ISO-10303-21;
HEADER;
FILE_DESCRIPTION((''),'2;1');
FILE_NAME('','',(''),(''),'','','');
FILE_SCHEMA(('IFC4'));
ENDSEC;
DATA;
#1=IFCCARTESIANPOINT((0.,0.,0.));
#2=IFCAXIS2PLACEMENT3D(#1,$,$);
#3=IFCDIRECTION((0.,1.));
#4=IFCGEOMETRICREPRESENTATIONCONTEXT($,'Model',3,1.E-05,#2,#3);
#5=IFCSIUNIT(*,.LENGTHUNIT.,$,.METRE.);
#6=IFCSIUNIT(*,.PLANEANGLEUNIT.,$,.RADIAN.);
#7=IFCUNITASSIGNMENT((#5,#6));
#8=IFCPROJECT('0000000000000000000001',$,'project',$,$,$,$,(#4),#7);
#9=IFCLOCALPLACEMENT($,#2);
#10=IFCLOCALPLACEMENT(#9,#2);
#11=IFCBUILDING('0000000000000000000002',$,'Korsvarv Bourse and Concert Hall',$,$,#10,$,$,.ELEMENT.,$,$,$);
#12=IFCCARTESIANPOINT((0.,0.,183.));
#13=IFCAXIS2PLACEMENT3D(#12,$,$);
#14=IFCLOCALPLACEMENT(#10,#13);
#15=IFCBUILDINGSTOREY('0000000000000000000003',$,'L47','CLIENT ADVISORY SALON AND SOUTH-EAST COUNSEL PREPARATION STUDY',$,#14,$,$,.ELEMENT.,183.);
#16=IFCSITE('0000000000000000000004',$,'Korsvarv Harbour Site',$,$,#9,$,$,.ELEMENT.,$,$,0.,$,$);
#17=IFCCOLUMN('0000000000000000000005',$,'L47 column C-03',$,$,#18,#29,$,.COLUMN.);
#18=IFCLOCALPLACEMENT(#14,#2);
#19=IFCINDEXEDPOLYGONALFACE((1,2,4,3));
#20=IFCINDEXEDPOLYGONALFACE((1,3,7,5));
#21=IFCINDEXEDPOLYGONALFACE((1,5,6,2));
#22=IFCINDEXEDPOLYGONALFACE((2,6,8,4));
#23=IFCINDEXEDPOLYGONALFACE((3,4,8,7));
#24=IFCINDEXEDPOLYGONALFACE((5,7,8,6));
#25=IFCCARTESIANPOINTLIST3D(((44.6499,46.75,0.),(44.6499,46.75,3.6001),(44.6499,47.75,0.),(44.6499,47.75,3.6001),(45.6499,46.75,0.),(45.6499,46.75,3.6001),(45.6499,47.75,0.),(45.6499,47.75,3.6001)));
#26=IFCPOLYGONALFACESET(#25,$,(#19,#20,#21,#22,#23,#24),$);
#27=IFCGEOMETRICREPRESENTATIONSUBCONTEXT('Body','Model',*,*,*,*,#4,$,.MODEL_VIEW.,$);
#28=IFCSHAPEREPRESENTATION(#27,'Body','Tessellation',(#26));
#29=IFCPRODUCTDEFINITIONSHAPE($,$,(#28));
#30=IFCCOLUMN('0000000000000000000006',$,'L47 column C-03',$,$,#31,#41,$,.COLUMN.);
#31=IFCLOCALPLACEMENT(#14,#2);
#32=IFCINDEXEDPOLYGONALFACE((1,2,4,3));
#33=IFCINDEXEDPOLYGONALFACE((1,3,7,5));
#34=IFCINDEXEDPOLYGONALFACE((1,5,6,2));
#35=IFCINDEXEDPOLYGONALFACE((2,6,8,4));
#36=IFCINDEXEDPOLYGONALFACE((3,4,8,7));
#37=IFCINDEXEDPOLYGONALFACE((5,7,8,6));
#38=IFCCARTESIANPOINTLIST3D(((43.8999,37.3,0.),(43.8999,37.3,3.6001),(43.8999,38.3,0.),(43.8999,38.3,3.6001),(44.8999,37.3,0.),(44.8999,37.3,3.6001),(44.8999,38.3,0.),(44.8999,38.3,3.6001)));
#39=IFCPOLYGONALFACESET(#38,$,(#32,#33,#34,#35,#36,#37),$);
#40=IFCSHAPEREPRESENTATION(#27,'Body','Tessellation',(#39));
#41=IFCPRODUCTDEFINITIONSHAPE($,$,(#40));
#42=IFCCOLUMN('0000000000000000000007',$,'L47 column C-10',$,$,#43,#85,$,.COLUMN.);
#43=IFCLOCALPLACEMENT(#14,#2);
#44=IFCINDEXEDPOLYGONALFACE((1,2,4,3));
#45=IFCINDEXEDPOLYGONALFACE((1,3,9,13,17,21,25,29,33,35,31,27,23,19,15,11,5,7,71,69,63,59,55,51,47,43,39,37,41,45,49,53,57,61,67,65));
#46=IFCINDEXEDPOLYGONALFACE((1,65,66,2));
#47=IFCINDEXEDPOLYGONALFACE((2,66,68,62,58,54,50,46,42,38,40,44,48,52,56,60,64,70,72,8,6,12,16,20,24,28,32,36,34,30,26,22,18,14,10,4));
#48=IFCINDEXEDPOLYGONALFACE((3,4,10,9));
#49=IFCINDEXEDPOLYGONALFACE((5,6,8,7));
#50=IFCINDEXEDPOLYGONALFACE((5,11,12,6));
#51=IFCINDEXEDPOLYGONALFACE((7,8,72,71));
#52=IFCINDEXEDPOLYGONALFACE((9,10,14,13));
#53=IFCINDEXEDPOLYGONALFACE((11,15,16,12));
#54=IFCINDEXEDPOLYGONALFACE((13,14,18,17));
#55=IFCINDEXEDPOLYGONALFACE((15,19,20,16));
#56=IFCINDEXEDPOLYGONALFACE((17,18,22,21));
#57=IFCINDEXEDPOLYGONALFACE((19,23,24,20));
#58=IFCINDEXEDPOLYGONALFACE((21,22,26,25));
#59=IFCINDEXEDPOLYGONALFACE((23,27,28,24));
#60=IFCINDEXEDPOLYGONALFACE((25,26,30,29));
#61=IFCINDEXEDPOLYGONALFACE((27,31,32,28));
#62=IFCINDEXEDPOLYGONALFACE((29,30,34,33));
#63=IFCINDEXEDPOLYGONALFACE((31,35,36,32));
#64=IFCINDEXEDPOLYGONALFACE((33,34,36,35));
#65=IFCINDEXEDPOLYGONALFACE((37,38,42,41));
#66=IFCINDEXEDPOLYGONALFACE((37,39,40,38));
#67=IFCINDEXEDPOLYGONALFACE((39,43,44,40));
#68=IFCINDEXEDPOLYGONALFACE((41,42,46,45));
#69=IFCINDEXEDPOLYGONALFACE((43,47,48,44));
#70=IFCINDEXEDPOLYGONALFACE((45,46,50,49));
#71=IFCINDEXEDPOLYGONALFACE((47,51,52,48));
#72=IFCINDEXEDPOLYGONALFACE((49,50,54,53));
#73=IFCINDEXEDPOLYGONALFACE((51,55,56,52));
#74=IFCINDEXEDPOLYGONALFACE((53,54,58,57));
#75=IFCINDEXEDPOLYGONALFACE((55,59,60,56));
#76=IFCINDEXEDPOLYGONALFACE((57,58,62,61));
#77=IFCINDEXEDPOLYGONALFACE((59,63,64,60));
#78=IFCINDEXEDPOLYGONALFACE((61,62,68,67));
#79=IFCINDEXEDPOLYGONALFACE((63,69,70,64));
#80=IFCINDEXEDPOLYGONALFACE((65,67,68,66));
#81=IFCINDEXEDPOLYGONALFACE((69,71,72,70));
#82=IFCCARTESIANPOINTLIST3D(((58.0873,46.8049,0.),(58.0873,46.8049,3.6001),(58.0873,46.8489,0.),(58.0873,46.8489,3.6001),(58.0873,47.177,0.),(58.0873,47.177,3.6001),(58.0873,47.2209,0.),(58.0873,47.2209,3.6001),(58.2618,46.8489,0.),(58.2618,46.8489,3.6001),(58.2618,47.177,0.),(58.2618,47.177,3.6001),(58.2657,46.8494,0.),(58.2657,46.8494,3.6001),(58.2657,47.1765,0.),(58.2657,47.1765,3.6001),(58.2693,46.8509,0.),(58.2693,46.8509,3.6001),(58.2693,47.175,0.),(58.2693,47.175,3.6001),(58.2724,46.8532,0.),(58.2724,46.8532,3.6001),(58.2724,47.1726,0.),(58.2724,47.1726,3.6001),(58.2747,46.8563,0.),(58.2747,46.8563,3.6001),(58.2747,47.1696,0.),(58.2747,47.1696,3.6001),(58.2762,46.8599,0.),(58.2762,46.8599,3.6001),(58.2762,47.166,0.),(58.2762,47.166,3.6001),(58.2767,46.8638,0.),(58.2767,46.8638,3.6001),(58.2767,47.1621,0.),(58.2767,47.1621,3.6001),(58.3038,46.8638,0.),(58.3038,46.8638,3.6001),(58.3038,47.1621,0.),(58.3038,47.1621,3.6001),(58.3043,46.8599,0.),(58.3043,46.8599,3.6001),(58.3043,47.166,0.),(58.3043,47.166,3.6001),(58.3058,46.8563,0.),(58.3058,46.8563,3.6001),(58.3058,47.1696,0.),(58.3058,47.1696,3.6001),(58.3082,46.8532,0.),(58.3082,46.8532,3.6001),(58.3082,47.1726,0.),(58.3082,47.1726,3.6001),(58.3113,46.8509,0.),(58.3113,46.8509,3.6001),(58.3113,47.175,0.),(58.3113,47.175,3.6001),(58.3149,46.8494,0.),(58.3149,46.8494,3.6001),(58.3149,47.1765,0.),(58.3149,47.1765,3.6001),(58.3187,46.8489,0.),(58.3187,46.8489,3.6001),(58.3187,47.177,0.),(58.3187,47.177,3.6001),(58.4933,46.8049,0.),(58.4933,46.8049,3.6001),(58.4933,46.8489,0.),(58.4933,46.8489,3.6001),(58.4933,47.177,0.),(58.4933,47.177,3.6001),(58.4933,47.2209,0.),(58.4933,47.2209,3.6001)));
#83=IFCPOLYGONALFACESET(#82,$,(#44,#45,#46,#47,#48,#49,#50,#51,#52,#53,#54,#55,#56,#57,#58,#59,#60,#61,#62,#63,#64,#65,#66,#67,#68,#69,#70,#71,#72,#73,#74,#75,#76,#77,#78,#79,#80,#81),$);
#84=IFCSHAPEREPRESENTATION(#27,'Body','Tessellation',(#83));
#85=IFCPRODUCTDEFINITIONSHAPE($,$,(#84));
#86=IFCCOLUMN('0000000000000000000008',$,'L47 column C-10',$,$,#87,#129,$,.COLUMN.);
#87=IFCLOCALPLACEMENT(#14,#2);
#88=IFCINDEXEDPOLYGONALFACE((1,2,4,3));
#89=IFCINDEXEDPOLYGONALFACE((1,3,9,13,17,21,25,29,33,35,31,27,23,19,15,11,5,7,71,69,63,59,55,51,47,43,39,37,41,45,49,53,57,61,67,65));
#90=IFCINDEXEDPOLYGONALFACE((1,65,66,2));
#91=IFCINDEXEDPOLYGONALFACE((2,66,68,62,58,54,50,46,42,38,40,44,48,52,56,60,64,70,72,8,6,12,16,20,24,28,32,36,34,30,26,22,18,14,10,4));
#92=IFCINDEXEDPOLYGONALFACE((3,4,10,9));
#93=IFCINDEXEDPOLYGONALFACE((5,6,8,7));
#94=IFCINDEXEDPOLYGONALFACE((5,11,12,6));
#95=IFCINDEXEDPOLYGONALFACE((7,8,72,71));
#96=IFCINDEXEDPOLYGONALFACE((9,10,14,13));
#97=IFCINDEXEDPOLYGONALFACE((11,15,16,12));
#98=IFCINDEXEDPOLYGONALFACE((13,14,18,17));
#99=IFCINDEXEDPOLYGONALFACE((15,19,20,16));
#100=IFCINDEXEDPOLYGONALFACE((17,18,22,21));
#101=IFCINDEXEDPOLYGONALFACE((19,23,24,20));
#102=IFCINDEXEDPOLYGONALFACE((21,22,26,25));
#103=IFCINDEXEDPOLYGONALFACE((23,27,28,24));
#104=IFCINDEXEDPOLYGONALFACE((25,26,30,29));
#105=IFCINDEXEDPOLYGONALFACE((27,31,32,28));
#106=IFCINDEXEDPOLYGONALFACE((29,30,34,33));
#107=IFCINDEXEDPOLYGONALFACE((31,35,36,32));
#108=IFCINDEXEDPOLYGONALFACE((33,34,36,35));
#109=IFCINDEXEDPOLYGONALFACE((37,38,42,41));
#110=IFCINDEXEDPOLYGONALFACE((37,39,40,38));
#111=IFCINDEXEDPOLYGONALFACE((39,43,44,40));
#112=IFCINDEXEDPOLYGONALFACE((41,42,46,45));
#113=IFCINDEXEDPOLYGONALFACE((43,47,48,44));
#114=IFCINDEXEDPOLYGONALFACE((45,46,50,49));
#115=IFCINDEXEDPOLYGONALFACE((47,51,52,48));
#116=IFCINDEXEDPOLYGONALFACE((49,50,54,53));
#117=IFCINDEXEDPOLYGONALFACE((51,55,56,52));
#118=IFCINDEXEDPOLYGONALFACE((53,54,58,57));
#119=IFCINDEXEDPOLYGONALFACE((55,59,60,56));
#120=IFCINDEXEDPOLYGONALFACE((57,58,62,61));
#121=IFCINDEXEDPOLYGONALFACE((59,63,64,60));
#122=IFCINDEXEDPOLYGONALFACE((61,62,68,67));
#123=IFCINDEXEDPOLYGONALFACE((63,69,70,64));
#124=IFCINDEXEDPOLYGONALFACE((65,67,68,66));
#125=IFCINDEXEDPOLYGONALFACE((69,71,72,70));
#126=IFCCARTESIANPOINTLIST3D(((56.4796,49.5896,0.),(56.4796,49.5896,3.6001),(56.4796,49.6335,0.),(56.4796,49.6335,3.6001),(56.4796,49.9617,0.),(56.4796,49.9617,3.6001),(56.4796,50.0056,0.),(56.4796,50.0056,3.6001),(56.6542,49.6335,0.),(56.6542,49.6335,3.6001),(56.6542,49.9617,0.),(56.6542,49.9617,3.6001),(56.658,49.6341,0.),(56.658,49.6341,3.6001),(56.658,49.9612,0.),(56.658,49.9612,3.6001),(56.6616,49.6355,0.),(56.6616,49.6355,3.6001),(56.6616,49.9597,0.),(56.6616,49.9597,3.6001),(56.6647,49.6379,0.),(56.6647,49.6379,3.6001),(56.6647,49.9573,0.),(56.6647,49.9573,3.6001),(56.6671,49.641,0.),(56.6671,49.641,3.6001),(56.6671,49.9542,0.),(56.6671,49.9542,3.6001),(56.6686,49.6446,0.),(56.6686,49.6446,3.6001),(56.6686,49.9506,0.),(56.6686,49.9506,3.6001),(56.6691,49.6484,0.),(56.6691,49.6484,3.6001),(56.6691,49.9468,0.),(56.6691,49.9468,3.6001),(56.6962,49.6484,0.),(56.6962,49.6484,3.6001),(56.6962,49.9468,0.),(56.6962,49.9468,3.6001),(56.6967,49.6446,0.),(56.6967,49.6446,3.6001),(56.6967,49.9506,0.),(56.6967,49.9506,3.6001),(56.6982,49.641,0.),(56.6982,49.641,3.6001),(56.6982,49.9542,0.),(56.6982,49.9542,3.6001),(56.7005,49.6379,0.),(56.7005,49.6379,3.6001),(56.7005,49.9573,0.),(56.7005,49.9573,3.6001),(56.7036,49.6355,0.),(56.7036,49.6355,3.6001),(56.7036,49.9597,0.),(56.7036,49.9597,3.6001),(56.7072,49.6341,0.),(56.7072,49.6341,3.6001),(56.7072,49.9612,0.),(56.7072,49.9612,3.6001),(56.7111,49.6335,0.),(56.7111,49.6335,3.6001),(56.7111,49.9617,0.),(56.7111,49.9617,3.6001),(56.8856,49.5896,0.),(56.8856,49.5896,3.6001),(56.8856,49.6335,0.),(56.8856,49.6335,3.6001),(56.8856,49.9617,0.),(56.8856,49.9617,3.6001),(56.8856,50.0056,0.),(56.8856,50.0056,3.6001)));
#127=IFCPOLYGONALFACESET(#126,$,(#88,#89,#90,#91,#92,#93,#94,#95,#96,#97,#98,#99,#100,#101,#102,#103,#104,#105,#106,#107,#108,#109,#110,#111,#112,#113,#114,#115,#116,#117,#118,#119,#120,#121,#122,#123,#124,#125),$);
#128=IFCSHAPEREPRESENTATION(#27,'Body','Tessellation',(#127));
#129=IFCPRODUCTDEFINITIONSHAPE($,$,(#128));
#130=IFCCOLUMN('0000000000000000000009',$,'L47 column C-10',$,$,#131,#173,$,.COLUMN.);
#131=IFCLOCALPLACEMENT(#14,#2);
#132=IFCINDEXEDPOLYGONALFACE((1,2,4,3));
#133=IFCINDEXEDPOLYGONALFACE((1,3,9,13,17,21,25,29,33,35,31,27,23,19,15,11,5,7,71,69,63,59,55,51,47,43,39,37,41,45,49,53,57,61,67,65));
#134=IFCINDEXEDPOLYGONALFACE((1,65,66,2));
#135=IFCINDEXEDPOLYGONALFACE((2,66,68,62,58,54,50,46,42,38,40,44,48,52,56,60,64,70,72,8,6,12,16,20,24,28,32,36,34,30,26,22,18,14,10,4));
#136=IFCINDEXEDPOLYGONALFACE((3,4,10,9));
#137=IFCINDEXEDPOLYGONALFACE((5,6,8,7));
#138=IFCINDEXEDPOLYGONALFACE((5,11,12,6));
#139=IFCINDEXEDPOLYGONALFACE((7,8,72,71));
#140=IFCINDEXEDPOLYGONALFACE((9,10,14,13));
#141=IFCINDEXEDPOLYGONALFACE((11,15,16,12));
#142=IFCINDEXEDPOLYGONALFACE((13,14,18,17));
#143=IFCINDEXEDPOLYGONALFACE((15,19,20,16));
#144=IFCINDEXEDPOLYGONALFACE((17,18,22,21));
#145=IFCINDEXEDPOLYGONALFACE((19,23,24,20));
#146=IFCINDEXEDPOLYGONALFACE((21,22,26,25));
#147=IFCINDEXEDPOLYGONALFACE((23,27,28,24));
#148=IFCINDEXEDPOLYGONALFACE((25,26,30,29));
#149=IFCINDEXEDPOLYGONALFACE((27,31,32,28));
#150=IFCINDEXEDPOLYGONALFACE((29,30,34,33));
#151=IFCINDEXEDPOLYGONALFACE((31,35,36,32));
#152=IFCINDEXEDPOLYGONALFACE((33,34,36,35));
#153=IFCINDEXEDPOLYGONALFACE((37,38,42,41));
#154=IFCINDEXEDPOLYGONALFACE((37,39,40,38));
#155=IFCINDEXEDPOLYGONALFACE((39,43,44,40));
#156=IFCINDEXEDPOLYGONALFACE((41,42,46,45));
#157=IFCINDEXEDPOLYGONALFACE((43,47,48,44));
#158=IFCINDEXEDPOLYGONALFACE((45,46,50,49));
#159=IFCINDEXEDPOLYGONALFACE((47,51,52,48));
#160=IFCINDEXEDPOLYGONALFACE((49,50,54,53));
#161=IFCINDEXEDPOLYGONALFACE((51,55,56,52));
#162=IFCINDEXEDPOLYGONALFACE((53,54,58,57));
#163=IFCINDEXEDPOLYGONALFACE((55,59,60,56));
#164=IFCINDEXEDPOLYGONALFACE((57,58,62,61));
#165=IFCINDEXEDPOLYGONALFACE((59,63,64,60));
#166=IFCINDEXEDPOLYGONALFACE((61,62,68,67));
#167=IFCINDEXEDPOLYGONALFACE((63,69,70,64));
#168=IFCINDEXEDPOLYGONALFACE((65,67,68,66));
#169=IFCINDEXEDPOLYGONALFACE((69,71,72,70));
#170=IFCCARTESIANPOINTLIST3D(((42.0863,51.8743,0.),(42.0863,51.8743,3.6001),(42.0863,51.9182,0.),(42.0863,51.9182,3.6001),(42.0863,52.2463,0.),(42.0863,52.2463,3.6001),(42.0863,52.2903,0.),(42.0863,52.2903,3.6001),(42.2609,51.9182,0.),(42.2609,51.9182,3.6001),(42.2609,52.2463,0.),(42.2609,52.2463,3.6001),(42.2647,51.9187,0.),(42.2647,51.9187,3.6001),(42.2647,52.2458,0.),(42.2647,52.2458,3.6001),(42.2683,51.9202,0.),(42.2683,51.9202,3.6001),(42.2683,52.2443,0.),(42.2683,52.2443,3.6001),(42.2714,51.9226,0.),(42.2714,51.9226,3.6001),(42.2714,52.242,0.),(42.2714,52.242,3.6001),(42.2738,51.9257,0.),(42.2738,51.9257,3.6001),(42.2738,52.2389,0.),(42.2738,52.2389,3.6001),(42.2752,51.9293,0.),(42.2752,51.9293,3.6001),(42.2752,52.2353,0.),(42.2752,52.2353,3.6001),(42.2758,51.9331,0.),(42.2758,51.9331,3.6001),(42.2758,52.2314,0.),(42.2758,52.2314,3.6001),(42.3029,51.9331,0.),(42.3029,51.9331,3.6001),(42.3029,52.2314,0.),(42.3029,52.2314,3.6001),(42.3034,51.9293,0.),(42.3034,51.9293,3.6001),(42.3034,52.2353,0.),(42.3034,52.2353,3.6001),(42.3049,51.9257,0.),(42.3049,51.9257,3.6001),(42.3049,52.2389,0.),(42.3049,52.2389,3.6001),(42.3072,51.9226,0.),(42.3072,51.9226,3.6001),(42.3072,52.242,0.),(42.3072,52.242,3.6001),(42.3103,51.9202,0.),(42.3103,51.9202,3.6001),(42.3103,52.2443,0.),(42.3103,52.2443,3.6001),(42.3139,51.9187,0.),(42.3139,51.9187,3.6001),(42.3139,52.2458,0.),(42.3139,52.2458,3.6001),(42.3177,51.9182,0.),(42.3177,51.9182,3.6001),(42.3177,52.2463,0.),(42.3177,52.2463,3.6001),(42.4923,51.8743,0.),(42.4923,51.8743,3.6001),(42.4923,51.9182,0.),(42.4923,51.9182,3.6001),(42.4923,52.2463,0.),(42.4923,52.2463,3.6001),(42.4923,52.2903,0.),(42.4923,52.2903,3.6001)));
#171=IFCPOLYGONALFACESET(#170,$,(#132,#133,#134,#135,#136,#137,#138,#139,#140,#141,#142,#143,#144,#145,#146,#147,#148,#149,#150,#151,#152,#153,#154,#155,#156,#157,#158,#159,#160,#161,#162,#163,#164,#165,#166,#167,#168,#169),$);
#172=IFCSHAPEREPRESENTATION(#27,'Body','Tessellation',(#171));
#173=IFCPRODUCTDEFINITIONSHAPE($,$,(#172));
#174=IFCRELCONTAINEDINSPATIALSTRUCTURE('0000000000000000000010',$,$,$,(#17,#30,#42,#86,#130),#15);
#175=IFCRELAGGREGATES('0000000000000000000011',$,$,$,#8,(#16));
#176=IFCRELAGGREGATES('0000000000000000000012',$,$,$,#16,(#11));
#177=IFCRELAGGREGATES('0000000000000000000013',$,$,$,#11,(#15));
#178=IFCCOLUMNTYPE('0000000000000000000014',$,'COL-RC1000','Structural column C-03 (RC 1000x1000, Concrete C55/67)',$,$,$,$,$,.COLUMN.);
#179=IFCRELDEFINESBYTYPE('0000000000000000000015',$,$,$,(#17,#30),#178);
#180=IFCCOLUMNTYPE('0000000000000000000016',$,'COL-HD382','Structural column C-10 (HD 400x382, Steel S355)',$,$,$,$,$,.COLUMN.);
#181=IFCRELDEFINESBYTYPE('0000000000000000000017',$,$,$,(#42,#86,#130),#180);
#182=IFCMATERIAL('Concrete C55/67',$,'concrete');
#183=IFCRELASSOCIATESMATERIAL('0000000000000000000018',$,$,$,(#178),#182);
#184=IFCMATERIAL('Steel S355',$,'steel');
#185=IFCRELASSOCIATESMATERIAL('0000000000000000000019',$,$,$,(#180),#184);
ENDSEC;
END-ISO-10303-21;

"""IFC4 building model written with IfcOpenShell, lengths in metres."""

from ifc_helpers import new_model, si_unit, direction, frame, origin, origin_2d, place, context, subcontext, project, spatial, rectangle, i_section, extrude, source, transform, mapped, material, material_profile, profile_set, type_object, element, save


model = new_model("IFC4")

# Units and contexts
model_context = context("Model", 3, precision=1e-05, world=origin(), true_north=direction((0.0, 1.0)))
body_context = subcontext(model_context, "Body", "Model", "MODEL_VIEW")
ifc_project = project(units=[si_unit("LENGTHUNIT", "METRE"), si_unit("PLANEANGLEUNIT", "RADIAN")], contexts=[model_context])

# Site, building, storey
site_placement = place(None, origin())
site = spatial("IfcSite", under=ifc_project, at=site_placement, Name="Korsvarv Harbour Site", CompositionType="ELEMENT", RefElevation=0.0)
building_placement = place(site_placement, origin())
building = spatial("IfcBuilding", under=site, at=building_placement, Name="Korsvarv Bourse and Concert Hall", CompositionType="ELEMENT")
storey_placement = place(building_placement, frame((0.0, 0.0, 183.0)))
storey = spatial("IfcBuildingStorey", under=building, at=storey_placement, Name="L47", Description="CLIENT ADVISORY SALON AND SOUTH-EAST COUNSEL PREPARATION STUDY", CompositionType="ELEMENT", Elevation=183.0)

# Columns
ifc_material_1 = material(Name="Concrete C55/67", Category="concrete")
ifc_material_profile_1 = material_profile(ifc_material_1, rectangle(XDim=1.0, YDim=1.0, at=origin_2d()), Name="RC 1000x1000")
ifc_profile_set_1 = profile_set([ifc_material_profile_1], Name="Concrete C55/67")
column_type_1 = type_object("IfcColumnType", Name="COL-RC1000", Description="Structural column C-03 (RC 1000x1000, Concrete C55/67)", PredefinedType="COLUMN", material=ifc_profile_set_1)
shared_shape_1 = source(origin(), body_context, "Body", "SweptSolid", [
    extrude(rectangle(XDim=1.0, YDim=1.0, at=origin_2d()), origin(), (0.0, 0.0, 1.0), 3.6001),
])
for number, where, z_axis, x_axis, name in (
    (1, (45.1499, 47.25, 0.0), (0.0, 0.0, 1.0), (1.0, 0.0, 0.0), "L47 column C-03"),
    (2, (44.3999, 37.8, 0.0), (0.0, 0.0, 1.0), (1.0, 0.0, 0.0), "L47 column C-03"),
):
    element("IfcColumn", number, at=place(storey_placement, frame(where, z_axis=z_axis, x_axis=x_axis)), inside=storey, type_object=column_type_1, Name=name, PredefinedType="COLUMN", context=body_context, shape_type="MappedRepresentation", body=[
        mapped(shared_shape_1, transform((0.0, 0.0, 0.0), scale=1.0)),
    ])
ifc_material_2 = material(Name="Steel S355", Category="steel")
ifc_material_profile_2 = material_profile(ifc_material_2, i_section(OverallWidth=0.406, OverallDepth=0.416, WebThickness=0.0271, FlangeThickness=0.0439, FilletRadius=0.0149, at=origin_2d()), Name="HD 400x382")
ifc_profile_set_2 = profile_set([ifc_material_profile_2], Name="Steel S355")
column_type_2 = type_object("IfcColumnType", Name="COL-HD382", Description="Structural column C-10 (HD 400x382, Steel S355)", PredefinedType="COLUMN", material=ifc_profile_set_2)
shared_shape_2 = source(origin(), body_context, "Body", "SweptSolid", [
    extrude(i_section(OverallWidth=0.406, OverallDepth=0.416, WebThickness=0.0271, FlangeThickness=0.0439, FilletRadius=0.0149, at=origin_2d()), origin(), (0.0, 0.0, 1.0), 3.6001),
])
for number, where, z_axis, x_axis, name in (
    (3, (58.2903, 47.0129, 0.0), (0.0, 0.0, 1.0), (1.0, 0.0, 0.0), "L47 column C-10"),
    (4, (56.6826, 49.7976, 0.0), (0.0, 0.0, 1.0), (1.0, 0.0, 0.0), "L47 column C-10"),
    (5, (42.2893, 52.0823, 0.0), (0.0, 0.0, 1.0), (1.0, 0.0, 0.0), "L47 column C-10"),
):
    element("IfcColumn", number, at=place(storey_placement, frame(where, z_axis=z_axis, x_axis=x_axis)), inside=storey, type_object=column_type_2, Name=name, PredefinedType="COLUMN", context=body_context, shape_type="MappedRepresentation", body=[
        mapped(shared_shape_2, transform((0.0, 0.0, 0.0), scale=1.0)),
    ])

save(model, "model.ifc")
